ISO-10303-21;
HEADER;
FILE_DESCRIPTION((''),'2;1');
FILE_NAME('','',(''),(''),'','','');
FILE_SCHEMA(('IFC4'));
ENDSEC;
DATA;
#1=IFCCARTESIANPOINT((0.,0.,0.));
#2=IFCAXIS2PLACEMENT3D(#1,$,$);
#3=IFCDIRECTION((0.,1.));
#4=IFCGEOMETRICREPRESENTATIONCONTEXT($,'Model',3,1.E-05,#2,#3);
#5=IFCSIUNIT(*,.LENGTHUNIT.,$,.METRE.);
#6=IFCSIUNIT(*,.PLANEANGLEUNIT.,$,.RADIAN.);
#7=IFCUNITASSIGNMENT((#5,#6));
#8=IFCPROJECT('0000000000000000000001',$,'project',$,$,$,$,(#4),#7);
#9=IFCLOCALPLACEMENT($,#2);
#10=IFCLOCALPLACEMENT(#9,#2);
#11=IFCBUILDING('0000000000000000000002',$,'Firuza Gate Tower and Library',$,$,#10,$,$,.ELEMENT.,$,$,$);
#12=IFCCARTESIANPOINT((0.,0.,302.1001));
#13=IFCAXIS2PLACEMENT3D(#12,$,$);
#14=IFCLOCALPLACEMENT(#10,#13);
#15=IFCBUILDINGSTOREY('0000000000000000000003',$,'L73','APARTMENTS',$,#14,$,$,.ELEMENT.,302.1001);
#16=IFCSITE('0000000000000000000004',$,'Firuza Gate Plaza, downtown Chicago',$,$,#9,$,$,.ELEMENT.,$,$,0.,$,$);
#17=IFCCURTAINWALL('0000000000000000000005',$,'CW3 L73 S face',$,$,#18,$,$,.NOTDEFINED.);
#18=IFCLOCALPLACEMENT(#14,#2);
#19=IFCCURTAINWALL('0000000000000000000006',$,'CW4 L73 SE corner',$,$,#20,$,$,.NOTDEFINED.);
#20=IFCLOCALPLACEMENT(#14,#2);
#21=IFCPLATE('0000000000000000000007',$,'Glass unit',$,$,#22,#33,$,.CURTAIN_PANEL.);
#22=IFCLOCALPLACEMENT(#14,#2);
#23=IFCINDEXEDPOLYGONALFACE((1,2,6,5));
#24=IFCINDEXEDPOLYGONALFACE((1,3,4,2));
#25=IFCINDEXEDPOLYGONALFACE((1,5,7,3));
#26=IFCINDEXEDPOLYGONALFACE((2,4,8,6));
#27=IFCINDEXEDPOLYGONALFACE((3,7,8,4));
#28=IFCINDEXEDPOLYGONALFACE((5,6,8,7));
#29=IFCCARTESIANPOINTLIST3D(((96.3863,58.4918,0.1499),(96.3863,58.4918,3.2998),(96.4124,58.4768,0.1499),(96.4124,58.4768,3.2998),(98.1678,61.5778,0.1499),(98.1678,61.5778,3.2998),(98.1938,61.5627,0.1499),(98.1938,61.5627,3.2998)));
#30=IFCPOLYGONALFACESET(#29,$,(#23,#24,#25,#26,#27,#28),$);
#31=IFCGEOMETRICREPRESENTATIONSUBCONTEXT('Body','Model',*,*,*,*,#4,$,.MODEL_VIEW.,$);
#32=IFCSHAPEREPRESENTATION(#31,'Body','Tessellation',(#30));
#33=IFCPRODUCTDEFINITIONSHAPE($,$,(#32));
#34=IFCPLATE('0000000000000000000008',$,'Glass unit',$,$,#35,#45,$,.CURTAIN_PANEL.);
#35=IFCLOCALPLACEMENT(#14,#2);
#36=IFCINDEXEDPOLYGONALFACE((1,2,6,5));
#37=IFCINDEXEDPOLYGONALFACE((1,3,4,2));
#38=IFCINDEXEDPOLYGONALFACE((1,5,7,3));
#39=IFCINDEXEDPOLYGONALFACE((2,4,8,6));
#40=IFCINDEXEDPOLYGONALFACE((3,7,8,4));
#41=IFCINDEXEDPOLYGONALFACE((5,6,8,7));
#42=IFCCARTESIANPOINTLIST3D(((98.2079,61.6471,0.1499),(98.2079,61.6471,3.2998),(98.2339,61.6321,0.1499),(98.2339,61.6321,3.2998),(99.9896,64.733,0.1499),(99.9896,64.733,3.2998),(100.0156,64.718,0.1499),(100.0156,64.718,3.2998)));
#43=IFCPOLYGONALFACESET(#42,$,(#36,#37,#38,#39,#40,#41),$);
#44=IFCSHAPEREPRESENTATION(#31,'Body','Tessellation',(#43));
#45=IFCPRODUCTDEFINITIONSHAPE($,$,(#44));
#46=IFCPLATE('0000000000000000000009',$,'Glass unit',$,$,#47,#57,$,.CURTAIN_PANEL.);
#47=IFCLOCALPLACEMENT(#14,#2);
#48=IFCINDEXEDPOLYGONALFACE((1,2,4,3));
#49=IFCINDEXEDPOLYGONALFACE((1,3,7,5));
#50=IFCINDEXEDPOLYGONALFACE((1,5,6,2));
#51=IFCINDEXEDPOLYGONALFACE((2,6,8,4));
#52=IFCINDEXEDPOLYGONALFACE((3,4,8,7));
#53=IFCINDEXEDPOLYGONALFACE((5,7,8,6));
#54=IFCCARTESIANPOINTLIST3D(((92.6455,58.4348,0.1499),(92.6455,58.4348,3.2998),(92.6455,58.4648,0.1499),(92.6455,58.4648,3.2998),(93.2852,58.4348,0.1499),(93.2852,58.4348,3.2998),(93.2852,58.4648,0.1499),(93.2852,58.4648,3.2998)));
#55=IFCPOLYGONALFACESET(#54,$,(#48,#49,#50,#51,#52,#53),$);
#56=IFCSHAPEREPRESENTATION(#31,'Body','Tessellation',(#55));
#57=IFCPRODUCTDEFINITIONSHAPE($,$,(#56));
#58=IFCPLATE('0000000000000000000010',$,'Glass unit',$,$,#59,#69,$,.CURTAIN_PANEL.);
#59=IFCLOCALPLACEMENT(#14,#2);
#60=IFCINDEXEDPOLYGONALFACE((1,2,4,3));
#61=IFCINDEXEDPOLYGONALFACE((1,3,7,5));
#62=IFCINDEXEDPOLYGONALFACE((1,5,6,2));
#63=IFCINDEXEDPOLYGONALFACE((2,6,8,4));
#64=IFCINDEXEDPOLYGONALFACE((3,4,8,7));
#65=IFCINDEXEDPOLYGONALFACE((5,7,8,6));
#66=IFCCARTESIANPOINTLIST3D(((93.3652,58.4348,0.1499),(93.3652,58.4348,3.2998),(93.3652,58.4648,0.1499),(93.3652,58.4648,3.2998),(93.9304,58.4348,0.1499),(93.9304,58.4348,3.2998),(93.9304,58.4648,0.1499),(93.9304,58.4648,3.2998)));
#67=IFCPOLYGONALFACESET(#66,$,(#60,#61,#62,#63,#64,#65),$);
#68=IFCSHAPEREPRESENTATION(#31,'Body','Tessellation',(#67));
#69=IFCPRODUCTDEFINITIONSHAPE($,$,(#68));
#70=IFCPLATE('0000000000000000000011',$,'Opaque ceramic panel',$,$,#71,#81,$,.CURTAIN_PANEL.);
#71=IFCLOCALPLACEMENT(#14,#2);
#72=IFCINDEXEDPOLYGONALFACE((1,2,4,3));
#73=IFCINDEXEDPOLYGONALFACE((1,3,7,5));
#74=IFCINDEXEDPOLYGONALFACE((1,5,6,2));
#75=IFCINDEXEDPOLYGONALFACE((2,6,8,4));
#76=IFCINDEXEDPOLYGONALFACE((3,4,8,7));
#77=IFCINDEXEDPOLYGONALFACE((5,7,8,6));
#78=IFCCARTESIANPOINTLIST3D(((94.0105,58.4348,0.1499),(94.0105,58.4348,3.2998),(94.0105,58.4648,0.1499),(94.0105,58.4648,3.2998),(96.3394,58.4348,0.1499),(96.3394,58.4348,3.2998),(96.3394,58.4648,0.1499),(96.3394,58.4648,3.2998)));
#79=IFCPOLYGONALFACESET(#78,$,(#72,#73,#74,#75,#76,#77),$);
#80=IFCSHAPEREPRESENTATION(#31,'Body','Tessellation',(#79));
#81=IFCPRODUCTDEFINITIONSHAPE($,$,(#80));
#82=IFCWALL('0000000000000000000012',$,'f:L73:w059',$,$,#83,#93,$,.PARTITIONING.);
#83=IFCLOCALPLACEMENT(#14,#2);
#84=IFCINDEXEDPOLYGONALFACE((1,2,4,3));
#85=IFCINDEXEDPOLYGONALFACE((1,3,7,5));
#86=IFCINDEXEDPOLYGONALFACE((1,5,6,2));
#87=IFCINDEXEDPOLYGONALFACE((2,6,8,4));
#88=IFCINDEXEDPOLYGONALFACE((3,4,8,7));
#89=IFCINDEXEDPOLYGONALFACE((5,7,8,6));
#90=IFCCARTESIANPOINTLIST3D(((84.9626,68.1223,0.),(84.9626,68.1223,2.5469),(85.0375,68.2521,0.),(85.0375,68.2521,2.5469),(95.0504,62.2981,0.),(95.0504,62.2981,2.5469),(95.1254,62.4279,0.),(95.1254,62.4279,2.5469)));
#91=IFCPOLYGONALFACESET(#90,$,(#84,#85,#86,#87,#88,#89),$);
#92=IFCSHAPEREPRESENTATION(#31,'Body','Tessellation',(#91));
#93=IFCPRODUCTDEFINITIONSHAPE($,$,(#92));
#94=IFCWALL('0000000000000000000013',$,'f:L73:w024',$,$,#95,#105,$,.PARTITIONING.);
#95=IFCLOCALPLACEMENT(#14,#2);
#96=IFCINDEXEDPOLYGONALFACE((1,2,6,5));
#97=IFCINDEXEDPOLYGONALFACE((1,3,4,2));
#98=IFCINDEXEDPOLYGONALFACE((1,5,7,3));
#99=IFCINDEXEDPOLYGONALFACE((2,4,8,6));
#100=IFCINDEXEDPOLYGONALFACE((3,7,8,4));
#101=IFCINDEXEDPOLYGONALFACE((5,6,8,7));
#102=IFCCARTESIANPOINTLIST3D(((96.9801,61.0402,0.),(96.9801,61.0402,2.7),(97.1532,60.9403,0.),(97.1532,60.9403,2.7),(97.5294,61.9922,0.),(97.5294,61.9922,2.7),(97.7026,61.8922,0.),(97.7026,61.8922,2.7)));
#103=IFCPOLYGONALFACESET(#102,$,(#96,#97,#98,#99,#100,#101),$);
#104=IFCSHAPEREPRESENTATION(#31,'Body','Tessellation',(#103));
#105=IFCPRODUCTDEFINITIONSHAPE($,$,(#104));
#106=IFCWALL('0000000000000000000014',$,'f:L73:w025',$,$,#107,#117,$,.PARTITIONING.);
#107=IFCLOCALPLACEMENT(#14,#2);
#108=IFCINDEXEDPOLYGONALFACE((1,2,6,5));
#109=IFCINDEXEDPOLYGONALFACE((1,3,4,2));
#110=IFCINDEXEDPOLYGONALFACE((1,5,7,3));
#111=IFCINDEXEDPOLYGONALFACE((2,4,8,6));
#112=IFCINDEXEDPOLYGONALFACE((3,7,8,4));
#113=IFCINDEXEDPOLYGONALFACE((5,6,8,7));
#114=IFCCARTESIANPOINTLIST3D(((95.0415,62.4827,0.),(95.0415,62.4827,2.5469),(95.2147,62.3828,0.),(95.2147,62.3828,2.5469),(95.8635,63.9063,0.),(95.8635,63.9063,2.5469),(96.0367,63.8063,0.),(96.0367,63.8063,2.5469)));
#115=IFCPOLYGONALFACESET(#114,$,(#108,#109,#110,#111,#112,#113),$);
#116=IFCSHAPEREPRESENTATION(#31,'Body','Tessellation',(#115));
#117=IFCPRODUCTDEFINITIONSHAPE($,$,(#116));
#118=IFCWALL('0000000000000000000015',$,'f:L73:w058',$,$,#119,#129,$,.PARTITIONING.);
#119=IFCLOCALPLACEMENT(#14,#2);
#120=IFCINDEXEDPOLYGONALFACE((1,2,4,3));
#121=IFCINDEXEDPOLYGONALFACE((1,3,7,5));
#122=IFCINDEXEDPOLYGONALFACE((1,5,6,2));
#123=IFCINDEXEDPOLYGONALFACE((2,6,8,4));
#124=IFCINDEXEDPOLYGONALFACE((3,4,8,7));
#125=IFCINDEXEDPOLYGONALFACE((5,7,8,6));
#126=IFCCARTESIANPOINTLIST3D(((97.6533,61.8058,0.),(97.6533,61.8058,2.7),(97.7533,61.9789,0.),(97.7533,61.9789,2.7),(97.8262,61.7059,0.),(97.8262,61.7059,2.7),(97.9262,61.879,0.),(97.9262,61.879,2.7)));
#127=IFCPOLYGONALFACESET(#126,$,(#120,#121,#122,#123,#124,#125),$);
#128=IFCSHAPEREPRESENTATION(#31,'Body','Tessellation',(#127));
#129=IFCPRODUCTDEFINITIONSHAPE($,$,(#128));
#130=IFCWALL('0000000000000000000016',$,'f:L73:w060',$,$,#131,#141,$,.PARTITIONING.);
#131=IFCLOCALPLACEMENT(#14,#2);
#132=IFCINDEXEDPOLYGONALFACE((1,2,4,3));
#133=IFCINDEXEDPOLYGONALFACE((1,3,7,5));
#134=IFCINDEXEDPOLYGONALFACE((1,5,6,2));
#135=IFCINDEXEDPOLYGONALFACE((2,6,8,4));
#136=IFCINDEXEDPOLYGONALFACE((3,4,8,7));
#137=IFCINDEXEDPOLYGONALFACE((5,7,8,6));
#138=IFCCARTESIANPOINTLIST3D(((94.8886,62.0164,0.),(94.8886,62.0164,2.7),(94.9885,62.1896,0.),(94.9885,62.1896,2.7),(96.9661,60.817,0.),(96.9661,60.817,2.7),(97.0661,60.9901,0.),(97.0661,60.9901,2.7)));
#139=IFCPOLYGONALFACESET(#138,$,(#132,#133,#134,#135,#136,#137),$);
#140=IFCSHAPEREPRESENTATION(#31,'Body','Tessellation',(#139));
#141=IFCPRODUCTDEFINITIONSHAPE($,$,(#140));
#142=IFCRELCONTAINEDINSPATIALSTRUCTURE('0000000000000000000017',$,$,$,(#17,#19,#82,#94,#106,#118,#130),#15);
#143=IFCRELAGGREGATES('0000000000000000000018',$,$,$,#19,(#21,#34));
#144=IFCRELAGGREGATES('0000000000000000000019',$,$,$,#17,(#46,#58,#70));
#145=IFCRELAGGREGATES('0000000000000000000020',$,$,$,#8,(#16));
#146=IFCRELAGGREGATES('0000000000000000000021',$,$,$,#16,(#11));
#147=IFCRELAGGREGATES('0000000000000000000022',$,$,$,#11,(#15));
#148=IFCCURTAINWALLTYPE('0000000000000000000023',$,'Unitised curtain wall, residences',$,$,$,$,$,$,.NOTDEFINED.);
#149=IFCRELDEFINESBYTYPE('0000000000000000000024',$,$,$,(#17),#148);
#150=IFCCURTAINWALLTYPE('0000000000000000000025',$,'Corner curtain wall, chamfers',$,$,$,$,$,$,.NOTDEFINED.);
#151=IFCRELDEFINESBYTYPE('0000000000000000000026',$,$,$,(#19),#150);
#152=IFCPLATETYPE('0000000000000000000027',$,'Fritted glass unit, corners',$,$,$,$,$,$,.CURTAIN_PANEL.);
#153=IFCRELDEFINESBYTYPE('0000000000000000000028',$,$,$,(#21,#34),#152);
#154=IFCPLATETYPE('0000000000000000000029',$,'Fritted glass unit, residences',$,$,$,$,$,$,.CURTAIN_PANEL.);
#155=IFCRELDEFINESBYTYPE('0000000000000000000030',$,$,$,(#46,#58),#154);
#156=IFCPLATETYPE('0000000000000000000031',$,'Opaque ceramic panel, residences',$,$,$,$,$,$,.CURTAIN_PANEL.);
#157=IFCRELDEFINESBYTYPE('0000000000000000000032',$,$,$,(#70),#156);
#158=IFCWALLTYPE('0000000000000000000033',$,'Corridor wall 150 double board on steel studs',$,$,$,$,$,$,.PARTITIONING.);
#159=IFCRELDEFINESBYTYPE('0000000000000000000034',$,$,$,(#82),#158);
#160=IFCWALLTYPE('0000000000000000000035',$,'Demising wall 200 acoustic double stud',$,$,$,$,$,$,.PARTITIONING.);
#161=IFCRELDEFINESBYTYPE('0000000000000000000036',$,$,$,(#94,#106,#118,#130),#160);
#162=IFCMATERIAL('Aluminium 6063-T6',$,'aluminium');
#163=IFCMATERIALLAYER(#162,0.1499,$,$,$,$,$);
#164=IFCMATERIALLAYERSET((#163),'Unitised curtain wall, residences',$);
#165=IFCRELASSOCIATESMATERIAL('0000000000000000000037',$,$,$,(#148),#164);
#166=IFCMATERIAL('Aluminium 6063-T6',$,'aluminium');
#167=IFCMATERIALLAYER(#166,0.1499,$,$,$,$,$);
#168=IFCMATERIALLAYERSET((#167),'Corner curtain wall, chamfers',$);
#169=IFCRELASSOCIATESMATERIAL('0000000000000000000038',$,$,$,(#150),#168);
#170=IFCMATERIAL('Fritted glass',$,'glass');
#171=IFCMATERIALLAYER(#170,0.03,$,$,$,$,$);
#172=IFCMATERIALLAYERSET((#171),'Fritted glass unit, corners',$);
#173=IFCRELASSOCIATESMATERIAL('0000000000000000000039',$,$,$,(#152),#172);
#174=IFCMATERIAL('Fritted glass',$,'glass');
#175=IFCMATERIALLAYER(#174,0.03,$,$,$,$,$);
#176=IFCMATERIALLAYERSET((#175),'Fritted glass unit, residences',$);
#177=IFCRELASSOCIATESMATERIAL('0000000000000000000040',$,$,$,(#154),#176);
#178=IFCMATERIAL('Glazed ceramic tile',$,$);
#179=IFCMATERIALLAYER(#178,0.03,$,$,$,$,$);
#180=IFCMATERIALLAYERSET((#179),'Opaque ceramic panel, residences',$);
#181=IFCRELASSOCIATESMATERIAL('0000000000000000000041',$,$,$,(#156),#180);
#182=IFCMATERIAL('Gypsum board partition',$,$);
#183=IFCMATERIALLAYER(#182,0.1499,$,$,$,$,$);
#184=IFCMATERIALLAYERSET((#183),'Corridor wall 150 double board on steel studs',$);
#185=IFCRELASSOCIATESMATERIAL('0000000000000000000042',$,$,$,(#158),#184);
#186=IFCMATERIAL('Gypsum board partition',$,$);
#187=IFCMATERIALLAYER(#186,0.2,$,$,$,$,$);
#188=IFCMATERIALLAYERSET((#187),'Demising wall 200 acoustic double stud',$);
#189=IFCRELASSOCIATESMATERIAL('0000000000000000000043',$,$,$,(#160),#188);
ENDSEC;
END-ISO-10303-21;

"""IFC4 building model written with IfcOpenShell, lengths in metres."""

from ifc_helpers import new_model, si_unit, direction, frame, frame_2d, origin, place, context, subcontext, project, spatial, polyline, rectangle, outline, extrude, material, layer, layer_set, type_object, element, aggregate, save


model = new_model("IFC4")

# Units and contexts
model_context = context("Model", 3, precision=1e-05, world=origin(), true_north=direction((0.0, 1.0)))
body_context = subcontext(model_context, "Body", "Model", "MODEL_VIEW")
ifc_project = project(units=[si_unit("LENGTHUNIT", "METRE"), si_unit("PLANEANGLEUNIT", "RADIAN")], contexts=[model_context])

# Site, building, storey
site_placement = place(None, origin())
site = spatial("IfcSite", under=ifc_project, at=site_placement, Name="Firuza Gate Plaza, downtown Chicago", CompositionType="ELEMENT", RefElevation=0.0)
building_placement = place(site_placement, origin())
building = spatial("IfcBuilding", under=site, at=building_placement, Name="Firuza Gate Tower and Library", CompositionType="ELEMENT")
storey_placement = place(building_placement, frame((0.0, 0.0, 302.1001)))
storey = spatial("IfcBuildingStorey", under=building, at=storey_placement, Name="L73", Description="APARTMENTS", CompositionType="ELEMENT", Elevation=302.1001)

# Curtain walls
ifc_material_1 = material(Name="Aluminium 6063-T6", Category="aluminium")
ifc_layer_1 = layer(ifc_material_1, 0.1499)
ifc_layer_set_1 = layer_set([ifc_layer_1], Name="Unitised curtain wall, residences")
curtain_wall_type_1 = type_object("IfcCurtainWallType", Name="Unitised curtain wall, residences", PredefinedType="NOTDEFINED", material=ifc_layer_set_1)
placement = place(storey_placement, origin())
curtain_wall_1 = element("IfcCurtainWall", 1, at=placement, inside=storey, type_object=curtain_wall_type_1, Name="CW3 L73 S face", PredefinedType="NOTDEFINED")
ifc_material_2 = material(Name="Aluminium 6063-T6", Category="aluminium")
ifc_layer_2 = layer(ifc_material_2, 0.1499)
ifc_layer_set_2 = layer_set([ifc_layer_2], Name="Corner curtain wall, chamfers")
curtain_wall_type_2 = type_object("IfcCurtainWallType", Name="Corner curtain wall, chamfers", PredefinedType="NOTDEFINED", material=ifc_layer_set_2)
curtain_wall_2 = element("IfcCurtainWall", 2, at=placement, inside=storey, type_object=curtain_wall_type_2, Name="CW4 L73 SE corner", PredefinedType="NOTDEFINED")

# Plates
ifc_material_3 = material(Name="Fritted glass", Category="glass")
ifc_layer_3 = layer(ifc_material_3, 0.03)
ifc_layer_set_3 = layer_set([ifc_layer_3], Name="Fritted glass unit, corners")
plate_type_1 = type_object("IfcPlateType", Name="Fritted glass unit, corners", PredefinedType="CURTAIN_PANEL", material=ifc_layer_set_3)
plate_1_placement = place(storey_placement, frame((96.4124, 58.4768, 0.1499), z_axis=(0.866046, -0.499964, 0.0), x_axis=(0.499964, 0.866046, 0.0)))
plate_1 = element("IfcPlate", 3, at=plate_1_placement, type_object=plate_type_1, Name="Glass unit", PredefinedType="CURTAIN_PANEL", context=body_context, shape_type="SweptSolid", body=[
    extrude(outline(polyline([(0.0, 0.0), (3.5632, 0.0), (3.5632, 3.1499), (0.0, 3.1499), (0.0, 0.0)])), origin(), (0.0, 0.0, -1.0), 0.03),
])
plate_2_placement = place(storey_placement, frame((98.2339, 61.6321, 0.1499), z_axis=(0.866017, -0.500015, 0.0), x_axis=(0.500015, 0.866017, 0.0)))
plate_2 = element("IfcPlate", 4, at=plate_2_placement, type_object=plate_type_1, Name="Glass unit", PredefinedType="CURTAIN_PANEL", context=body_context, shape_type="SweptSolid", body=[
    extrude(outline(polyline([(0.0, 0.0), (3.5634, 0.0), (3.5634, 3.1499), (0.0, 3.1499), (0.0, 0.0)])), origin(), (0.0, 0.0, -1.0), 0.03),
])
aggregate(curtain_wall_2, [plate_1, plate_2])
ifc_material_4 = material(Name="Fritted glass", Category="glass")
ifc_layer_4 = layer(ifc_material_4, 0.03)
ifc_layer_set_4 = layer_set([ifc_layer_4], Name="Fritted glass unit, residences")
plate_type_2 = type_object("IfcPlateType", Name="Fritted glass unit, residences", PredefinedType="CURTAIN_PANEL", material=ifc_layer_set_4)
plate_3_placement = place(storey_placement, frame((92.6455, 58.4348, 0.1499), z_axis=(0.0, -1.0, 0.0), x_axis=(1.0, 0.0, 0.0)))
plate_3 = element("IfcPlate", 5, at=plate_3_placement, type_object=plate_type_2, Name="Glass unit", PredefinedType="CURTAIN_PANEL", context=body_context, shape_type="SweptSolid", body=[
    extrude(outline(polyline([(0.0, 0.0), (0.6396, 0.0), (0.6396, 3.1499), (0.0, 3.1499), (0.0, 0.0)])), origin(), (0.0, 0.0, -1.0), 0.03),
])
plate_4_placement = place(storey_placement, frame((93.3652, 58.4348, 0.1499), z_axis=(0.0, -1.0, 0.0), x_axis=(1.0, 0.0, 0.0)))
plate_4 = element("IfcPlate", 6, at=plate_4_placement, type_object=plate_type_2, Name="Glass unit", PredefinedType="CURTAIN_PANEL", context=body_context, shape_type="SweptSolid", body=[
    extrude(outline(polyline([(0.0, 0.0), (0.5652, 0.0), (0.5652, 3.1499), (0.0, 3.1499), (0.0, 0.0)])), origin(), (0.0, 0.0, -1.0), 0.03),
])
ifc_material_5 = material(Name="Glazed ceramic tile")
ifc_layer_5 = layer(ifc_material_5, 0.03)
ifc_layer_set_5 = layer_set([ifc_layer_5], Name="Opaque ceramic panel, residences")
plate_type_3 = type_object("IfcPlateType", Name="Opaque ceramic panel, residences", PredefinedType="CURTAIN_PANEL", material=ifc_layer_set_5)
plate_5_placement = place(storey_placement, frame((94.0105, 58.4348, 0.1499), z_axis=(0.0, -1.0, 0.0), x_axis=(1.0, 0.0, 0.0)))
plate_5 = element("IfcPlate", 7, at=plate_5_placement, type_object=plate_type_3, Name="Opaque ceramic panel", PredefinedType="CURTAIN_PANEL", context=body_context, shape_type="SweptSolid", body=[
    extrude(outline(polyline([(0.0, 0.0), (2.3289, 0.0), (2.3289, 3.1499), (0.0, 3.1499), (0.0, 0.0)])), origin(), (0.0, 0.0, -1.0), 0.03),
])
aggregate(curtain_wall_1, [plate_3, plate_4, plate_5])

# Walls
ifc_material_6 = material(Name="Gypsum board partition")
ifc_layer_6 = layer(ifc_material_6, 0.1499)
ifc_layer_set_6 = layer_set([ifc_layer_6], Name="Corridor wall 150 double board on steel studs")
wall_type_1 = type_object("IfcWallType", Name="Corridor wall 150 double board on steel studs", PredefinedType="PARTITIONING", material=ifc_layer_set_6)
wall_1_placement = place(storey_placement, frame((95.0879, 62.363, 0.0), z_axis=(0.0, 0.0, 1.0), x_axis=(-0.866026, 0.499998, 0.0)))
element("IfcWall", 8, at=wall_1_placement, inside=storey, type_object=wall_type_1, Name="f:L73:w059", PredefinedType="PARTITIONING", context=body_context, shape_type="SweptSolid", body=[
    extrude(rectangle(XDim=11.6484, YDim=0.1499, at=frame_2d((5.8242, 0.0))), origin(), (0.0, 0.0, 1.0), 2.5469),
])
ifc_material_7 = material(Name="Gypsum board partition")
ifc_layer_7 = layer(ifc_material_7, 0.2)
ifc_layer_set_7 = layer_set([ifc_layer_7], Name="Demising wall 200 acoustic double stud")
wall_type_2 = type_object("IfcWallType", Name="Demising wall 200 acoustic double stud", PredefinedType="PARTITIONING", material=ifc_layer_set_7)
wall_2_placement = place(storey_placement, frame((97.0667, 60.9902, 0.0), z_axis=(0.0, 0.0, 1.0), x_axis=(0.499819, 0.86613, 0.0)))
element("IfcWall", 9, at=wall_2_placement, inside=storey, type_object=wall_type_2, Name="f:L73:w024", PredefinedType="PARTITIONING", context=body_context, shape_type="SweptSolid", body=[
    extrude(rectangle(XDim=1.0991, YDim=0.2, at=frame_2d((0.5496, 0.0))), origin(), (0.0, 0.0, 1.0), 2.7),
])
wall_3_placement = place(storey_placement, frame((95.1282, 62.4329, 0.0), z_axis=(0.0, 0.0, 1.0), x_axis=(0.500052, 0.865995, 0.0)))
element("IfcWall", 10, at=wall_3_placement, inside=storey, type_object=wall_type_2, Name="f:L73:w025", PredefinedType="PARTITIONING", context=body_context, shape_type="SweptSolid", body=[
    extrude(rectangle(XDim=1.6438, YDim=0.2, at=frame_2d((0.8218, 0.0))), origin(), (0.0, 0.0, 1.0), 2.5469),
])
wall_4_placement = place(storey_placement, frame((97.8762, 61.7925, 0.0), z_axis=(0.0, 0.0, 1.0), x_axis=(-0.8659, 0.500216, 0.0)))
element("IfcWall", 11, at=wall_4_placement, inside=storey, type_object=wall_type_2, Name="f:L73:w058", PredefinedType="PARTITIONING", context=body_context, shape_type="SweptSolid", body=[
    extrude(rectangle(XDim=0.1997, YDim=0.2, at=frame_2d((0.0999, 0.0))), origin(), (0.0, 0.0, 1.0), 2.7),
])
wall_5_placement = place(storey_placement, frame((97.0161, 60.9036, 0.0), z_axis=(0.0, 0.0, 1.0), x_axis=(-0.866036, 0.499981, 0.0)))
element("IfcWall", 12, at=wall_5_placement, inside=storey, type_object=wall_type_2, Name="f:L73:w060", PredefinedType="PARTITIONING", context=body_context, shape_type="SweptSolid", body=[
    extrude(rectangle(XDim=2.3989, YDim=0.2, at=frame_2d((1.1995, 0.0))), origin(), (0.0, 0.0, 1.0), 2.7),
])

save(model, "model.ifc")
